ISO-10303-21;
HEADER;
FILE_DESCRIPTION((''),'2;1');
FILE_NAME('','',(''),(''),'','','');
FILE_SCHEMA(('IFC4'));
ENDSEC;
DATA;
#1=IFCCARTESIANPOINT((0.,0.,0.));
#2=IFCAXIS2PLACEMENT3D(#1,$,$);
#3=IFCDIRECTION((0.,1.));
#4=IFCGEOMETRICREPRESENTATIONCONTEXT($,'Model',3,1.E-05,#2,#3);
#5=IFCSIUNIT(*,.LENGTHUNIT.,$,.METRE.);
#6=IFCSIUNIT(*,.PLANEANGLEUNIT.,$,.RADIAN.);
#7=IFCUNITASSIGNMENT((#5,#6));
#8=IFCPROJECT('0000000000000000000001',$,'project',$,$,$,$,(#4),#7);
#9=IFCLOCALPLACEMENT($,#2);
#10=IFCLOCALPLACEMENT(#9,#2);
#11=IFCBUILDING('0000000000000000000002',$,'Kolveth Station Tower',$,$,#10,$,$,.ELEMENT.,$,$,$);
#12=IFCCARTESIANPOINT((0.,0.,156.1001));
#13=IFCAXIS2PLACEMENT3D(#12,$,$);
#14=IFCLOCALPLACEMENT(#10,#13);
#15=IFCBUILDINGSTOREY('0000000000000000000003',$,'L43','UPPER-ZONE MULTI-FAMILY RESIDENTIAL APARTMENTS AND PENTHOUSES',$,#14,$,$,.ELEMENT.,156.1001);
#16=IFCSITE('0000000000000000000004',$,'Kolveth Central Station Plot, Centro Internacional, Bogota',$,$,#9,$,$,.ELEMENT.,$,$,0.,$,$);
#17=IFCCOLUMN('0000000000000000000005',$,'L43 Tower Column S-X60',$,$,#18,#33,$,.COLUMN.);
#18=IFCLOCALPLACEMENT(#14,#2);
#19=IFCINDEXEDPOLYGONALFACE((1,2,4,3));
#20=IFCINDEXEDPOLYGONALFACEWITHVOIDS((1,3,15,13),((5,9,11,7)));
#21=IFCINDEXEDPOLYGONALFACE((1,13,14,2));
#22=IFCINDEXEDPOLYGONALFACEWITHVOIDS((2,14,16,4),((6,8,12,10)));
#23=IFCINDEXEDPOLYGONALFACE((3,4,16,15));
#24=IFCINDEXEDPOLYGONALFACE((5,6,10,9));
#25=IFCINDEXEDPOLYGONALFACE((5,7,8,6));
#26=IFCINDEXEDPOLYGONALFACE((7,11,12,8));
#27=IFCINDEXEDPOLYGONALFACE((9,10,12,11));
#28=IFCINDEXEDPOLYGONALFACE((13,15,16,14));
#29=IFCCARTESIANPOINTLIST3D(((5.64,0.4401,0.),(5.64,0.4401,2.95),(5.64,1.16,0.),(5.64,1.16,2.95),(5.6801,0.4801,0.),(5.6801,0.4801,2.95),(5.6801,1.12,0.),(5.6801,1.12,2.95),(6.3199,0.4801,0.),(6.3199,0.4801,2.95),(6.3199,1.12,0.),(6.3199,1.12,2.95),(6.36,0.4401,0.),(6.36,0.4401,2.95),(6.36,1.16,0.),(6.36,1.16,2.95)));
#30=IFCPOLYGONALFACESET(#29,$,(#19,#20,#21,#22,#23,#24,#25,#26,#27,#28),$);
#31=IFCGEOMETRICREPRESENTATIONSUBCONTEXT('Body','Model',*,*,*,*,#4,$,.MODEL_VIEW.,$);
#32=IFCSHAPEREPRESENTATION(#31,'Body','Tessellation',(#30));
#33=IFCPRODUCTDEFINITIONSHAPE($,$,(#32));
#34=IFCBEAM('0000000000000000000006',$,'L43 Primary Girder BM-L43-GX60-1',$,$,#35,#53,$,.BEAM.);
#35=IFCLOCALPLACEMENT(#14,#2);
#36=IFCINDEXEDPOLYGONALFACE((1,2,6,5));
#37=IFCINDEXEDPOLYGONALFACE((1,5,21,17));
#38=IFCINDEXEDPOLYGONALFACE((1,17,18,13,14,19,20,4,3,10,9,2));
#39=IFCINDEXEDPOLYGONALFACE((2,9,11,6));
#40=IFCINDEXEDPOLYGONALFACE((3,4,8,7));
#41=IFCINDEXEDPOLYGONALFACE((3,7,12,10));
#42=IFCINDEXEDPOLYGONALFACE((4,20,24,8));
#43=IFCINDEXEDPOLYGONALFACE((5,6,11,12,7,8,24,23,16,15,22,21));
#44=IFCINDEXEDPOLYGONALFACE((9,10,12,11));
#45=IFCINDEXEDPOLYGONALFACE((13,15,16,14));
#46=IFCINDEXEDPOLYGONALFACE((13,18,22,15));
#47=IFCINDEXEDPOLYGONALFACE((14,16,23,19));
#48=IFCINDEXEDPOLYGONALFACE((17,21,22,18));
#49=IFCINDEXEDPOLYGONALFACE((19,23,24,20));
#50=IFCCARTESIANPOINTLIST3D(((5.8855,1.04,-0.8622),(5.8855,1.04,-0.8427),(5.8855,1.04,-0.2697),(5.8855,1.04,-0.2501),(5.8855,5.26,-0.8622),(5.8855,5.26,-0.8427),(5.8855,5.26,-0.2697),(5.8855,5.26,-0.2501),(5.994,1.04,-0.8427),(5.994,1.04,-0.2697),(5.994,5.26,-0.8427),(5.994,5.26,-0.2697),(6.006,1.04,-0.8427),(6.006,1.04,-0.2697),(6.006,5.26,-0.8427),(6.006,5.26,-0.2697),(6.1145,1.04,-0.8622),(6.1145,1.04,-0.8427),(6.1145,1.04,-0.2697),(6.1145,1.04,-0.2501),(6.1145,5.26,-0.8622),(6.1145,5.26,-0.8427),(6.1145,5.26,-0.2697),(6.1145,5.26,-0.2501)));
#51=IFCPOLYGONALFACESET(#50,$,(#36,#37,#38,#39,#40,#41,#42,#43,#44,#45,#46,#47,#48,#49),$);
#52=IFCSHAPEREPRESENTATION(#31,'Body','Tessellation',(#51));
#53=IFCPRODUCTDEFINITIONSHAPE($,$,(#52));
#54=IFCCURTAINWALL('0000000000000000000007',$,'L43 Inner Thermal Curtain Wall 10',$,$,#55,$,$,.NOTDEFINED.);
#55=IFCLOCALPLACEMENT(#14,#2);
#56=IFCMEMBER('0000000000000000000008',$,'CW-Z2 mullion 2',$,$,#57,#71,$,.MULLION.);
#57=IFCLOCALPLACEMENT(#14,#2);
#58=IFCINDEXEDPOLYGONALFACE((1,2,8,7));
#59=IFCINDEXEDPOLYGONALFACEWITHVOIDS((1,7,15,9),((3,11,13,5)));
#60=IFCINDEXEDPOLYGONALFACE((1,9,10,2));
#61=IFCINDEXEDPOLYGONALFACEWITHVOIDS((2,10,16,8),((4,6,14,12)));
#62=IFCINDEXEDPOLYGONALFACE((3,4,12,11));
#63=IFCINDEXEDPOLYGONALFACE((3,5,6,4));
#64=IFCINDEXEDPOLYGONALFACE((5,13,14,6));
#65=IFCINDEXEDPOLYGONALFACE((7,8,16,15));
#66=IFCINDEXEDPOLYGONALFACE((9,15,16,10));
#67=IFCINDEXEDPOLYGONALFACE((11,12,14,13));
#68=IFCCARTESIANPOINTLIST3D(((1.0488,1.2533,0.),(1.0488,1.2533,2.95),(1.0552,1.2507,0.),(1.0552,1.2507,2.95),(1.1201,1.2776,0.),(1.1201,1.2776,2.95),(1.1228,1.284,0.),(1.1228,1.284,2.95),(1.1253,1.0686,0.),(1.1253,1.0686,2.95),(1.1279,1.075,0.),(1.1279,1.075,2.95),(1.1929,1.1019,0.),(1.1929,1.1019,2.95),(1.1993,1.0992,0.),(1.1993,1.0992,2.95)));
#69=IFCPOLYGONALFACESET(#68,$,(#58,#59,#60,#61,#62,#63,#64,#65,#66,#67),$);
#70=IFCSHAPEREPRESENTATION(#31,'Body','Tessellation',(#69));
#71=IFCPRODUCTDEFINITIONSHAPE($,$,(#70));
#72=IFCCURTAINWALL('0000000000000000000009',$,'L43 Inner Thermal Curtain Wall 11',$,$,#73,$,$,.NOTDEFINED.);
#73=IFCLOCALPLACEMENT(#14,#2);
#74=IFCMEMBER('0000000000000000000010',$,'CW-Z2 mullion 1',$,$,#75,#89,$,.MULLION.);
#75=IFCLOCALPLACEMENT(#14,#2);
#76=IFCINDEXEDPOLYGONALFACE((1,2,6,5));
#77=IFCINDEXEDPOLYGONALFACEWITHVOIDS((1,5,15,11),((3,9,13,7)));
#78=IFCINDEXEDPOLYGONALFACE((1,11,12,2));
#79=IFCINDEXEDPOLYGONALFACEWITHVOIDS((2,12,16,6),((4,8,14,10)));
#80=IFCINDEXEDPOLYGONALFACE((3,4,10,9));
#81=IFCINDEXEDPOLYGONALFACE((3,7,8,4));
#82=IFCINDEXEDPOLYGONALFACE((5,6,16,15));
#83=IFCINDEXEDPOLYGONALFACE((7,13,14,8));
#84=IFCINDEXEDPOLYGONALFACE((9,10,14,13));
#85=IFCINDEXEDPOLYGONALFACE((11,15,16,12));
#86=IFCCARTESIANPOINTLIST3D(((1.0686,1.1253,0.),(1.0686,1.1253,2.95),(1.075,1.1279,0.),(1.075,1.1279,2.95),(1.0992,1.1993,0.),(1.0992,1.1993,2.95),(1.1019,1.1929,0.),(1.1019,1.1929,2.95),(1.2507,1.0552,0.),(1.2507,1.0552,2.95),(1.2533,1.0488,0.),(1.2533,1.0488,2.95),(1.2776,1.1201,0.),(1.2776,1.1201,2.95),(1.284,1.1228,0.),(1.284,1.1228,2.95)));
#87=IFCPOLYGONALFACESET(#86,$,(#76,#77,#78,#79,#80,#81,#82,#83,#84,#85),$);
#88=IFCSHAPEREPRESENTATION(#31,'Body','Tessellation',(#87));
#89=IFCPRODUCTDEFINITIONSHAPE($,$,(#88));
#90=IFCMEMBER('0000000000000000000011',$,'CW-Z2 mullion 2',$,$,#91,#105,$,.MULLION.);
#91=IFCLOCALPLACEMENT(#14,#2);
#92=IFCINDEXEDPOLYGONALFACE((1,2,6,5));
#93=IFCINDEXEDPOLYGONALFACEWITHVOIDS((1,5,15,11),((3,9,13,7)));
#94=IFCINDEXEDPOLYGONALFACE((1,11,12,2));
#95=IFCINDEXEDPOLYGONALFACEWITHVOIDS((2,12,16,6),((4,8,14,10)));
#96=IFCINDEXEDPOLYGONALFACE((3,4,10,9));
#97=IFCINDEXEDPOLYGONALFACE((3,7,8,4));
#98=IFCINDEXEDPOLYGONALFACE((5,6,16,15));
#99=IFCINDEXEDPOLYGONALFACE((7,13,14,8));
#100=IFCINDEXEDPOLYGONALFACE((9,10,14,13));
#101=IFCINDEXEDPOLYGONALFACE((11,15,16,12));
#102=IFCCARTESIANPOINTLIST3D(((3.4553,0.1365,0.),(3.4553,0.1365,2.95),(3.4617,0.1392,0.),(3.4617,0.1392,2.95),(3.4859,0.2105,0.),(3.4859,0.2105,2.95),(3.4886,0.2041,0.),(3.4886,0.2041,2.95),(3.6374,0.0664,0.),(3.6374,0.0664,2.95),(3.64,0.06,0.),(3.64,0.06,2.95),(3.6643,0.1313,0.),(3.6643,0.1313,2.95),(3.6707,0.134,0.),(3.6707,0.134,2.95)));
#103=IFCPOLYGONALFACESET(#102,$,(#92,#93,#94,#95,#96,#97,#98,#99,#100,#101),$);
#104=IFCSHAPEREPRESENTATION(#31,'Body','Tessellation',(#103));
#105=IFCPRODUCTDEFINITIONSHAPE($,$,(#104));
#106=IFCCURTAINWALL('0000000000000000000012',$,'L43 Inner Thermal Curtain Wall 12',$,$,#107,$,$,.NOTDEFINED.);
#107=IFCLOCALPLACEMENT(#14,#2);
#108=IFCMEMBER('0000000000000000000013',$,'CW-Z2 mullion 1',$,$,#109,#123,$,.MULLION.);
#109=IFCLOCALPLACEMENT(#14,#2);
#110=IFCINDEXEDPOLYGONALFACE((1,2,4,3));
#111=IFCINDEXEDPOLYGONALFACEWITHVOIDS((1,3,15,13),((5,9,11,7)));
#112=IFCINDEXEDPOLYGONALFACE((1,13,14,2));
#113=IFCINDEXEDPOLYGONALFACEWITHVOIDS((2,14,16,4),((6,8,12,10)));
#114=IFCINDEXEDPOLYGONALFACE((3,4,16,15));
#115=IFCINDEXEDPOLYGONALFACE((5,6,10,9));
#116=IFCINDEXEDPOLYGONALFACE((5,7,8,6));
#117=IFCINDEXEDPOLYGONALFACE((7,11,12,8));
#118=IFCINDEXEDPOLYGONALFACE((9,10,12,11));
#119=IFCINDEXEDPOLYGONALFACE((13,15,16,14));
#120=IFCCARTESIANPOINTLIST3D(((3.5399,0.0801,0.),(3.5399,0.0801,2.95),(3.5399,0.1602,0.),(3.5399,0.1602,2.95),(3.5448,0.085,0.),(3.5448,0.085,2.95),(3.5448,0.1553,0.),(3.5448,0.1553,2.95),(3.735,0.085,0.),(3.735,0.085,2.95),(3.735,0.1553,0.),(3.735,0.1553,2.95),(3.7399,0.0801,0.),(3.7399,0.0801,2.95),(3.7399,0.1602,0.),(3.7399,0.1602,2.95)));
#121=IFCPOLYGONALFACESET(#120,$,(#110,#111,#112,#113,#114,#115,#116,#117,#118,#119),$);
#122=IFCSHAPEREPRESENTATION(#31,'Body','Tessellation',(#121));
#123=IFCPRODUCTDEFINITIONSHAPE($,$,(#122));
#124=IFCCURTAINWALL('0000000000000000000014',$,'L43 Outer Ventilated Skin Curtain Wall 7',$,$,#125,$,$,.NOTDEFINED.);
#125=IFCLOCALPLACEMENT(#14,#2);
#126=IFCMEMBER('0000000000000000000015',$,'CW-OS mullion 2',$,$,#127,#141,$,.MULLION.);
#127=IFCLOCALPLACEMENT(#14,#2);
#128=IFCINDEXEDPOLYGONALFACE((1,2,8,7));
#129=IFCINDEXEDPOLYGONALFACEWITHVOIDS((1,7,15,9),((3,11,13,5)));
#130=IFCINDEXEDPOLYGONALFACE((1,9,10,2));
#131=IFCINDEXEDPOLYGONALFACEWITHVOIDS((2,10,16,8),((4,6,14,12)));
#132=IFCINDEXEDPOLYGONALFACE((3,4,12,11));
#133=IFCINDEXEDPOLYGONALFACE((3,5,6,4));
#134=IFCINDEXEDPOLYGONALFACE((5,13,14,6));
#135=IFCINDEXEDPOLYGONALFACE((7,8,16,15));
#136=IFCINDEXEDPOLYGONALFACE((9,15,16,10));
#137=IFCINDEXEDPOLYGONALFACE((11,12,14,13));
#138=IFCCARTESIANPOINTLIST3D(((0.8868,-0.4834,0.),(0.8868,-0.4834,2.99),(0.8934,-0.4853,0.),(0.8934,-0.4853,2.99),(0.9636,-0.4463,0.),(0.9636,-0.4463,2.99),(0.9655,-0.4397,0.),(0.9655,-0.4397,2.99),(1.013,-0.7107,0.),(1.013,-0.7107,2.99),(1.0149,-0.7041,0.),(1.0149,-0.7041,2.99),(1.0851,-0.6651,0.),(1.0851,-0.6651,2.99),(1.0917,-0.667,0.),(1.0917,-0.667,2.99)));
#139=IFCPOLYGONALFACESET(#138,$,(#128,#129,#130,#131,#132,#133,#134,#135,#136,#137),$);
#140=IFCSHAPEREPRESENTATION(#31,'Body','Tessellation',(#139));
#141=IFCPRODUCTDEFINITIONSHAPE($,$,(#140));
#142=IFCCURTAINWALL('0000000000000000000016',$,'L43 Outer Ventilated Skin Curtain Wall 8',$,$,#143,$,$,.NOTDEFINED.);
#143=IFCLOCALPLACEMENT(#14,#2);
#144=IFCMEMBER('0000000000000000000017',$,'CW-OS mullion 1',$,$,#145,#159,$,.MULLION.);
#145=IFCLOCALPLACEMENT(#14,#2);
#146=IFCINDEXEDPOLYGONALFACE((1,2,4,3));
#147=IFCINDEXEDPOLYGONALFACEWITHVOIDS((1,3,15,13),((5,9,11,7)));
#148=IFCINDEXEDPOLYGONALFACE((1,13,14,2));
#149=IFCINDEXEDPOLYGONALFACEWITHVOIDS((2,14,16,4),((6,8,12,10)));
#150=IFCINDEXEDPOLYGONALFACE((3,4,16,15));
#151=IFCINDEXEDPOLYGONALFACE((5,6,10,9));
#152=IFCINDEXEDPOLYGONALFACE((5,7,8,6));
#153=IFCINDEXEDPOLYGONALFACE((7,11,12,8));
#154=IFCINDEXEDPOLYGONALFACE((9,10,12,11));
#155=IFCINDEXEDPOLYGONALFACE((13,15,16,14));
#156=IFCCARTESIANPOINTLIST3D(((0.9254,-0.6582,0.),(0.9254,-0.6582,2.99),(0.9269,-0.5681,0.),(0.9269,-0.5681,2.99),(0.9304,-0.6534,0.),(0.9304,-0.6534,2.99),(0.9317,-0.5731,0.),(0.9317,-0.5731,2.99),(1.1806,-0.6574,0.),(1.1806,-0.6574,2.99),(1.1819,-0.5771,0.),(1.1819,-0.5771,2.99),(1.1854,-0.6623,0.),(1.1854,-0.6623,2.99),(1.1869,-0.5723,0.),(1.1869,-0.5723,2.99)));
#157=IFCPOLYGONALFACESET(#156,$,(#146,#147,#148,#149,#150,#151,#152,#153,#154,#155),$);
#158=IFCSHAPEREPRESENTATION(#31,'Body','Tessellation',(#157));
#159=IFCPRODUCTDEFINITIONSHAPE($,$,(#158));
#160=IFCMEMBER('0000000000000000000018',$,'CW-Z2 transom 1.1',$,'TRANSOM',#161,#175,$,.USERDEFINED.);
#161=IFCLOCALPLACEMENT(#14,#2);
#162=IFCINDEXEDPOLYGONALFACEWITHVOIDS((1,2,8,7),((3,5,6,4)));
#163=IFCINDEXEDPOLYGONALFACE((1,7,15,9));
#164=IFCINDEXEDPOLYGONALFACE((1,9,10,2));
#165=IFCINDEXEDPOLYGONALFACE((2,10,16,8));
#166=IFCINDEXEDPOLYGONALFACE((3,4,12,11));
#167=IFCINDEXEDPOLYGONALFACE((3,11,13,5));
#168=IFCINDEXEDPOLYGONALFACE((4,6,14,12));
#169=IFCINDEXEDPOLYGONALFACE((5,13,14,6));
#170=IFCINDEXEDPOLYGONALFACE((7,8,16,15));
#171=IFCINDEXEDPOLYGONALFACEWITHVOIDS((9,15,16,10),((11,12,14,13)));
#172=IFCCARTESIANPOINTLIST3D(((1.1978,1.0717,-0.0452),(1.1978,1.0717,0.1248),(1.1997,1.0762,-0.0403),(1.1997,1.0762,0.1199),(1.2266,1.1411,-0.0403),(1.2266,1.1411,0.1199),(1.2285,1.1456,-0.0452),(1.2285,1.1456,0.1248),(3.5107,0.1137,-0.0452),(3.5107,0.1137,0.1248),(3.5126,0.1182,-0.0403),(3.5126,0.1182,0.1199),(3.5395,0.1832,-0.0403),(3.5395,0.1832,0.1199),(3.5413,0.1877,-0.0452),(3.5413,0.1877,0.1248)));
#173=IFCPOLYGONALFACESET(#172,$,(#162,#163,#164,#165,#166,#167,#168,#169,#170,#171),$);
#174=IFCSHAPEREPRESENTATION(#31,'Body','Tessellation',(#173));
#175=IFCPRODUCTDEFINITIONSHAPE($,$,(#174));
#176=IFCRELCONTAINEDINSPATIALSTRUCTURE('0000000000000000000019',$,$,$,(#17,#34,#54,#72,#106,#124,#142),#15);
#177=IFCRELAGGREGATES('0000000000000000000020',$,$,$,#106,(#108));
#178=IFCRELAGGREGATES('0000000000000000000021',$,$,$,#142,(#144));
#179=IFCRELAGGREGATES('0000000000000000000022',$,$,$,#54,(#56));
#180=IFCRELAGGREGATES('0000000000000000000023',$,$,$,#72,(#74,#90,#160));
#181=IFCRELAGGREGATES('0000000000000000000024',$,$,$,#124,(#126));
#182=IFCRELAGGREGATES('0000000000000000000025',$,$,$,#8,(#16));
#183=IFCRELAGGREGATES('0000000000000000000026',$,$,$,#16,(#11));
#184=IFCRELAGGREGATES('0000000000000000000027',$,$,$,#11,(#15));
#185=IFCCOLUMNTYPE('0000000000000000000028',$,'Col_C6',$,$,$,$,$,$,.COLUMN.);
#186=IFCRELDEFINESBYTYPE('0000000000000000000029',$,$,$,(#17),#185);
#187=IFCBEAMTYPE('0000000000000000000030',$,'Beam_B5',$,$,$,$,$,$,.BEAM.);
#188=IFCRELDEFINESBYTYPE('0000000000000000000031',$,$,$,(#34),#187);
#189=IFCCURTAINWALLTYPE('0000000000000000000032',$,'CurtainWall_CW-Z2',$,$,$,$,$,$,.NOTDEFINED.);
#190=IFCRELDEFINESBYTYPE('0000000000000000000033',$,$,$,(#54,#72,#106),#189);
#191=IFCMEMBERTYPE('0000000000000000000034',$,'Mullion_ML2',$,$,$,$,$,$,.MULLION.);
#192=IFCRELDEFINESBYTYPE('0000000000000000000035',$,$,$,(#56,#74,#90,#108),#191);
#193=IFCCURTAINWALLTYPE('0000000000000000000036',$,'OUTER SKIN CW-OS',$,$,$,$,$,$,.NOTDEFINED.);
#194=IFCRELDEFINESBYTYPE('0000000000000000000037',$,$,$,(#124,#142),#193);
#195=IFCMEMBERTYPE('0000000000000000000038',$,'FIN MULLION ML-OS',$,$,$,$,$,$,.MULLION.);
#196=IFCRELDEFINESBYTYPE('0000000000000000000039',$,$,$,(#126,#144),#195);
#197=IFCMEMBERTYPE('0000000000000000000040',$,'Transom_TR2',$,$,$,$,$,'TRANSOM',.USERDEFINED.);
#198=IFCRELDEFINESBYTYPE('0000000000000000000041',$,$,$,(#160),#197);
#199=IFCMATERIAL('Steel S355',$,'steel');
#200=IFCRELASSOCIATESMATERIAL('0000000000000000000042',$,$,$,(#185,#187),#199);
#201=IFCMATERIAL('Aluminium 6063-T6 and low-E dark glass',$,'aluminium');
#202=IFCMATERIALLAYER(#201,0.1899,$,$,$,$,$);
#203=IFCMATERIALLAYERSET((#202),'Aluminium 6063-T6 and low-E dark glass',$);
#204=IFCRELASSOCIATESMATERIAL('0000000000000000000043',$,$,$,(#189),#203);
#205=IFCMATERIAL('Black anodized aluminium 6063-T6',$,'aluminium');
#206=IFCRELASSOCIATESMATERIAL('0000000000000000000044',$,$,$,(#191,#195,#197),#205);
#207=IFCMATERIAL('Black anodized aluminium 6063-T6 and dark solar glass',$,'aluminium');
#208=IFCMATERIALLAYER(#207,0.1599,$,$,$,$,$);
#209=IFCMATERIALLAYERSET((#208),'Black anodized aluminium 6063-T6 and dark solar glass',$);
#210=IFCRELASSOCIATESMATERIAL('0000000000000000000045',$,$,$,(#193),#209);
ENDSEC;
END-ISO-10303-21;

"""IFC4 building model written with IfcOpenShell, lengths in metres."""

from ifc_helpers import new_model, si_unit, direction, frame, origin, origin_2d, place, context, subcontext, project, spatial, hollow_rectangle, i_section, extrude, source, transform, mapped, material, layer, layer_set, material_profile, profile_set, type_object, element, aggregate, save


model = new_model("IFC4")

# Units and contexts
model_context = context("Model", 3, precision=1e-05, world=origin(), true_north=direction((0.0, 1.0)))
body_context = subcontext(model_context, "Body", "Model", "MODEL_VIEW")
ifc_project = project(units=[si_unit("LENGTHUNIT", "METRE"), si_unit("PLANEANGLEUNIT", "RADIAN")], contexts=[model_context])

# Site, building, storey
site_placement = place(None, origin())
site = spatial("IfcSite", under=ifc_project, at=site_placement, Name="Kolveth Central Station Plot, Centro Internacional, Bogota", CompositionType="ELEMENT", RefElevation=0.0)
building_placement = place(site_placement, origin())
building = spatial("IfcBuilding", under=site, at=building_placement, Name="Kolveth Station Tower", CompositionType="ELEMENT")
storey_placement = place(building_placement, frame((0.0, 0.0, 156.1001)))
storey = spatial("IfcBuildingStorey", under=building, at=storey_placement, Name="L43", Description="UPPER-ZONE MULTI-FAMILY RESIDENTIAL APARTMENTS AND PENTHOUSES", CompositionType="ELEMENT", Elevation=156.1001)

# Column
ifc_material_1 = material(Name="Steel S355", Category="steel")
ifc_material_profile_1 = material_profile(ifc_material_1, hollow_rectangle(XDim=0.72, YDim=0.72, WallThickness=0.04, at=origin_2d()), Name="BOX720x720x40")
ifc_profile_set_1 = profile_set([ifc_material_profile_1], Name="Steel S355")
column_type = type_object("IfcColumnType", Name="Col_C6", PredefinedType="COLUMN", material=ifc_profile_set_1)
shared_shape_1 = source(origin(), body_context, "Body", "SweptSolid", [
    extrude(hollow_rectangle(XDim=0.72, YDim=0.72, WallThickness=0.04, at=origin_2d()), origin(), (0.0, 0.0, 1.0), 2.95),
])
column_placement = place(storey_placement, frame((6.0, 0.8, 0.0), z_axis=(0.0, 0.0, 1.0), x_axis=(1.0, 0.0, 0.0)))
element("IfcColumn", 1, at=column_placement, inside=storey, type_object=column_type, Name="L43 Tower Column S-X60", PredefinedType="COLUMN", context=body_context, shape_type="MappedRepresentation", body=[
    mapped(shared_shape_1, transform((0.0, 0.0, 0.0), x_axis=(1.0, 0.0, 0.0), y_axis=(0.0, 1.0, 0.0), z_axis=(0.0, 0.0, 1.0), scale=1.0)),
])

# Beam
ifc_material_profile_2 = material_profile(ifc_material_1, i_section(OverallWidth=0.229, OverallDepth=0.6121, WebThickness=0.012, FlangeThickness=0.0195, at=origin_2d()), Name="W610x125")
ifc_profile_set_2 = profile_set([ifc_material_profile_2], Name="Steel S355")
beam_type = type_object("IfcBeamType", Name="Beam_B5", PredefinedType="BEAM", material=ifc_profile_set_2)
shared_shape_2 = source(origin(), body_context, "Body", "SweptSolid", [
    extrude(i_section(OverallWidth=0.229, OverallDepth=0.6121, WebThickness=0.012, FlangeThickness=0.0195, at=origin_2d()), origin(), (0.0, 0.0, 1.0), 4.22),
])
beam_placement = place(storey_placement, frame((6.0, 1.04, -0.5562), z_axis=(0.0, 1.0, 0.0), x_axis=(-1.0, 0.0, 0.0)))
element("IfcBeam", 2, at=beam_placement, inside=storey, type_object=beam_type, Name="L43 Primary Girder BM-L43-GX60-1", PredefinedType="BEAM", context=body_context, shape_type="MappedRepresentation", body=[
    mapped(shared_shape_2, transform((0.0, 0.0, 0.0), x_axis=(1.0, 0.0, 0.0), y_axis=(0.0, 1.0, 0.0), z_axis=(0.0, 0.0, 1.0), scale=1.0)),
])

# Curtain wall, member
ifc_material_2 = material(Name="Aluminium 6063-T6 and low-E dark glass", Category="aluminium")
ifc_layer_1 = layer(ifc_material_2, 0.1899)
ifc_layer_set_1 = layer_set([ifc_layer_1], Name="Aluminium 6063-T6 and low-E dark glass")
curtain_wall_type_1 = type_object("IfcCurtainWallType", Name="CurtainWall_CW-Z2", PredefinedType="NOTDEFINED", material=ifc_layer_set_1)
curtain_wall_1_placement = place(storey_placement, origin())
curtain_wall_1 = element("IfcCurtainWall", 3, at=curtain_wall_1_placement, inside=storey, type_object=curtain_wall_type_1, Name="L43 Inner Thermal Curtain Wall 10", PredefinedType="NOTDEFINED")
ifc_material_3 = material(Name="Black anodized aluminium 6063-T6", Category="aluminium")
ifc_material_profile_3 = material_profile(ifc_material_3, hollow_rectangle(XDim=0.0801, YDim=0.2, WallThickness=0.0049, at=origin_2d()), Name="ALU-80x200x5")
ifc_profile_set_3 = profile_set([ifc_material_profile_3], Name="Black anodized aluminium 6063-T6")
member_type_1 = type_object("IfcMemberType", Name="Mullion_ML2", PredefinedType="MULLION", material=ifc_profile_set_3)
shared_shape_3 = source(origin(), body_context, "Body", "SweptSolid", [
    extrude(hollow_rectangle(XDim=0.0801, YDim=0.2, WallThickness=0.0049, at=origin_2d()), origin(), (0.0, 0.0, 1.0), 2.95),
])
member_1_placement = place(storey_placement, frame((1.124, 1.1763, 0.0), z_axis=(0.0, 0.0, 1.0), x_axis=(0.923874, 0.382698, 0.0)))
member_1 = element("IfcMember", 4, at=member_1_placement, type_object=member_type_1, Name="CW-Z2 mullion 2", PredefinedType="MULLION", context=body_context, shape_type="MappedRepresentation", body=[
    mapped(shared_shape_3, transform((0.0, 0.0, 0.0), x_axis=(1.0, 0.0, 0.0), y_axis=(0.0, 1.0, 0.0), z_axis=(0.0, 0.0, 1.0), scale=1.0)),
])

# Curtain wall, members
curtain_wall_2_placement = place(storey_placement, origin())
curtain_wall_2 = element("IfcCurtainWall", 5, at=curtain_wall_2_placement, inside=storey, type_object=curtain_wall_type_1, Name="L43 Inner Thermal Curtain Wall 11", PredefinedType="NOTDEFINED")
member_2_placement = place(storey_placement, frame((1.1763, 1.124, 0.0), z_axis=(0.0, 0.0, 1.0), x_axis=(0.382698, 0.923874, 0.0)))
member_2 = element("IfcMember", 6, at=member_2_placement, type_object=member_type_1, Name="CW-Z2 mullion 1", PredefinedType="MULLION", context=body_context, shape_type="MappedRepresentation", body=[
    mapped(shared_shape_3, transform((0.0, 0.0, 0.0), x_axis=(1.0, 0.0, 0.0), y_axis=(0.0, 1.0, 0.0), z_axis=(0.0, 0.0, 1.0), scale=1.0)),
])
member_3_placement = place(storey_placement, frame((3.563, 0.1353, 0.0), z_axis=(0.0, 0.0, 1.0), x_axis=(0.382698, 0.923874, 0.0)))
member_3 = element("IfcMember", 7, at=member_3_placement, type_object=member_type_1, Name="CW-Z2 mullion 2", PredefinedType="MULLION", context=body_context, shape_type="MappedRepresentation", body=[
    mapped(shared_shape_3, transform((0.0, 0.0, 0.0), x_axis=(1.0, 0.0, 0.0), y_axis=(0.0, 1.0, 0.0), z_axis=(0.0, 0.0, 1.0), scale=1.0)),
])

# Curtain walls, members
curtain_wall_3_placement = place(storey_placement, origin())
curtain_wall_3 = element("IfcCurtainWall", 8, at=curtain_wall_3_placement, inside=storey, type_object=curtain_wall_type_1, Name="L43 Inner Thermal Curtain Wall 12", PredefinedType="NOTDEFINED")
member_4_placement = place(storey_placement, frame((3.6399, 0.1201, 0.0), z_axis=(0.0, 0.0, 1.0), x_axis=(0.0, 1.0, 0.0)))
member_4 = element("IfcMember", 9, at=member_4_placement, type_object=member_type_1, Name="CW-Z2 mullion 1", PredefinedType="MULLION", context=body_context, shape_type="MappedRepresentation", body=[
    mapped(shared_shape_3, transform((0.0, 0.0, 0.0), x_axis=(1.0, 0.0, 0.0), y_axis=(0.0, 1.0, 0.0), z_axis=(0.0, 0.0, 1.0), scale=1.0)),
])
ifc_material_4 = material(Name="Black anodized aluminium 6063-T6 and dark solar glass", Category="aluminium")
ifc_layer_2 = layer(ifc_material_4, 0.1599)
ifc_layer_set_2 = layer_set([ifc_layer_2], Name="Black anodized aluminium 6063-T6 and dark solar glass")
curtain_wall_type_2 = type_object("IfcCurtainWallType", Name="OUTER SKIN CW-OS", PredefinedType="NOTDEFINED", material=ifc_layer_set_2)
curtain_wall_4_placement = place(storey_placement, origin())
curtain_wall_4 = element("IfcCurtainWall", 10, at=curtain_wall_4_placement, inside=storey, type_object=curtain_wall_type_2, Name="L43 Outer Ventilated Skin Curtain Wall 7", PredefinedType="NOTDEFINED")
ifc_material_profile_4 = material_profile(ifc_material_3, hollow_rectangle(XDim=0.0901, YDim=0.26, WallThickness=0.0049, at=origin_2d()), Name="ALU-90x260x5")
ifc_profile_set_4 = profile_set([ifc_material_profile_4], Name="Black anodized aluminium 6063-T6")
member_type_2 = type_object("IfcMemberType", Name="FIN MULLION ML-OS", PredefinedType="MULLION", material=ifc_profile_set_4)
shared_shape_4 = source(origin(), body_context, "Body", "SweptSolid", [
    extrude(hollow_rectangle(XDim=0.0901, YDim=0.26, WallThickness=0.0049, at=origin_2d()), origin(), (0.0, 0.0, 1.0), 2.99),
])
member_5_placement = place(storey_placement, frame((0.9893, -0.5752, 0.0), z_axis=(0.0, 0.0, 1.0), x_axis=(0.874283, 0.485416, 0.0)))
member_5 = element("IfcMember", 11, at=member_5_placement, type_object=member_type_2, Name="CW-OS mullion 2", PredefinedType="MULLION", context=body_context, shape_type="MappedRepresentation", body=[
    mapped(shared_shape_4, transform((0.0, 0.0, 0.0), x_axis=(1.0, 0.0, 0.0), y_axis=(0.0, 1.0, 0.0), z_axis=(0.0, 0.0, 1.0), scale=1.0)),
])
curtain_wall_5_placement = place(storey_placement, origin())
curtain_wall_5 = element("IfcCurtainWall", 12, at=curtain_wall_5_placement, inside=storey, type_object=curtain_wall_type_2, Name="L43 Outer Ventilated Skin Curtain Wall 8", PredefinedType="NOTDEFINED")
member_6_placement = place(storey_placement, frame((1.0562, -0.6152, 0.0), z_axis=(0.0, 0.0, 1.0), x_axis=(0.015878, 0.999874, 0.0)))
member_6 = element("IfcMember", 13, at=member_6_placement, type_object=member_type_2, Name="CW-OS mullion 1", PredefinedType="MULLION", context=body_context, shape_type="MappedRepresentation", body=[
    mapped(shared_shape_4, transform((0.0, 0.0, 0.0), x_axis=(1.0, 0.0, 0.0), y_axis=(0.0, 1.0, 0.0), z_axis=(0.0, 0.0, 1.0), scale=1.0)),
])

# Member
ifc_material_profile_5 = material_profile(ifc_material_3, hollow_rectangle(XDim=0.0801, YDim=0.1699, WallThickness=0.0049, at=origin_2d()), Name="ALU-80x170x5")
ifc_profile_set_5 = profile_set([ifc_material_profile_5], Name="Black anodized aluminium 6063-T6")
member_type_3 = type_object("IfcMemberType", Name="Transom_TR2", ElementType="TRANSOM", PredefinedType="USERDEFINED", material=ifc_profile_set_5)
shared_shape_5 = source(origin(), body_context, "Body", "SweptSolid", [
    extrude(hollow_rectangle(XDim=0.0801, YDim=0.1699, WallThickness=0.0049, at=origin_2d()), origin(), (0.0, 0.0, 1.0), 2.5034),
])
member_7_placement = place(storey_placement, frame((1.2131, 1.1086, 0.0398), z_axis=(0.923888, -0.382662, 0.0), x_axis=(0.382662, 0.923888, 0.0)))
member_7 = element("IfcMember", 14, at=member_7_placement, type_object=member_type_3, Name="CW-Z2 transom 1.1", ObjectType="TRANSOM", PredefinedType="USERDEFINED", context=body_context, shape_type="MappedRepresentation", body=[
    mapped(shared_shape_5, transform((0.0, 0.0, 0.0), x_axis=(1.0, 0.0, 0.0), y_axis=(0.0, 1.0, 0.0), z_axis=(0.0, 0.0, 1.0), scale=1.0)),
])
aggregate(curtain_wall_3, [member_4])
aggregate(curtain_wall_5, [member_6])

aggregate(curtain_wall_1, [member_1])
aggregate(curtain_wall_2, [member_2, member_3, member_7])
aggregate(curtain_wall_4, [member_5])

save(model, "model.ifc")
